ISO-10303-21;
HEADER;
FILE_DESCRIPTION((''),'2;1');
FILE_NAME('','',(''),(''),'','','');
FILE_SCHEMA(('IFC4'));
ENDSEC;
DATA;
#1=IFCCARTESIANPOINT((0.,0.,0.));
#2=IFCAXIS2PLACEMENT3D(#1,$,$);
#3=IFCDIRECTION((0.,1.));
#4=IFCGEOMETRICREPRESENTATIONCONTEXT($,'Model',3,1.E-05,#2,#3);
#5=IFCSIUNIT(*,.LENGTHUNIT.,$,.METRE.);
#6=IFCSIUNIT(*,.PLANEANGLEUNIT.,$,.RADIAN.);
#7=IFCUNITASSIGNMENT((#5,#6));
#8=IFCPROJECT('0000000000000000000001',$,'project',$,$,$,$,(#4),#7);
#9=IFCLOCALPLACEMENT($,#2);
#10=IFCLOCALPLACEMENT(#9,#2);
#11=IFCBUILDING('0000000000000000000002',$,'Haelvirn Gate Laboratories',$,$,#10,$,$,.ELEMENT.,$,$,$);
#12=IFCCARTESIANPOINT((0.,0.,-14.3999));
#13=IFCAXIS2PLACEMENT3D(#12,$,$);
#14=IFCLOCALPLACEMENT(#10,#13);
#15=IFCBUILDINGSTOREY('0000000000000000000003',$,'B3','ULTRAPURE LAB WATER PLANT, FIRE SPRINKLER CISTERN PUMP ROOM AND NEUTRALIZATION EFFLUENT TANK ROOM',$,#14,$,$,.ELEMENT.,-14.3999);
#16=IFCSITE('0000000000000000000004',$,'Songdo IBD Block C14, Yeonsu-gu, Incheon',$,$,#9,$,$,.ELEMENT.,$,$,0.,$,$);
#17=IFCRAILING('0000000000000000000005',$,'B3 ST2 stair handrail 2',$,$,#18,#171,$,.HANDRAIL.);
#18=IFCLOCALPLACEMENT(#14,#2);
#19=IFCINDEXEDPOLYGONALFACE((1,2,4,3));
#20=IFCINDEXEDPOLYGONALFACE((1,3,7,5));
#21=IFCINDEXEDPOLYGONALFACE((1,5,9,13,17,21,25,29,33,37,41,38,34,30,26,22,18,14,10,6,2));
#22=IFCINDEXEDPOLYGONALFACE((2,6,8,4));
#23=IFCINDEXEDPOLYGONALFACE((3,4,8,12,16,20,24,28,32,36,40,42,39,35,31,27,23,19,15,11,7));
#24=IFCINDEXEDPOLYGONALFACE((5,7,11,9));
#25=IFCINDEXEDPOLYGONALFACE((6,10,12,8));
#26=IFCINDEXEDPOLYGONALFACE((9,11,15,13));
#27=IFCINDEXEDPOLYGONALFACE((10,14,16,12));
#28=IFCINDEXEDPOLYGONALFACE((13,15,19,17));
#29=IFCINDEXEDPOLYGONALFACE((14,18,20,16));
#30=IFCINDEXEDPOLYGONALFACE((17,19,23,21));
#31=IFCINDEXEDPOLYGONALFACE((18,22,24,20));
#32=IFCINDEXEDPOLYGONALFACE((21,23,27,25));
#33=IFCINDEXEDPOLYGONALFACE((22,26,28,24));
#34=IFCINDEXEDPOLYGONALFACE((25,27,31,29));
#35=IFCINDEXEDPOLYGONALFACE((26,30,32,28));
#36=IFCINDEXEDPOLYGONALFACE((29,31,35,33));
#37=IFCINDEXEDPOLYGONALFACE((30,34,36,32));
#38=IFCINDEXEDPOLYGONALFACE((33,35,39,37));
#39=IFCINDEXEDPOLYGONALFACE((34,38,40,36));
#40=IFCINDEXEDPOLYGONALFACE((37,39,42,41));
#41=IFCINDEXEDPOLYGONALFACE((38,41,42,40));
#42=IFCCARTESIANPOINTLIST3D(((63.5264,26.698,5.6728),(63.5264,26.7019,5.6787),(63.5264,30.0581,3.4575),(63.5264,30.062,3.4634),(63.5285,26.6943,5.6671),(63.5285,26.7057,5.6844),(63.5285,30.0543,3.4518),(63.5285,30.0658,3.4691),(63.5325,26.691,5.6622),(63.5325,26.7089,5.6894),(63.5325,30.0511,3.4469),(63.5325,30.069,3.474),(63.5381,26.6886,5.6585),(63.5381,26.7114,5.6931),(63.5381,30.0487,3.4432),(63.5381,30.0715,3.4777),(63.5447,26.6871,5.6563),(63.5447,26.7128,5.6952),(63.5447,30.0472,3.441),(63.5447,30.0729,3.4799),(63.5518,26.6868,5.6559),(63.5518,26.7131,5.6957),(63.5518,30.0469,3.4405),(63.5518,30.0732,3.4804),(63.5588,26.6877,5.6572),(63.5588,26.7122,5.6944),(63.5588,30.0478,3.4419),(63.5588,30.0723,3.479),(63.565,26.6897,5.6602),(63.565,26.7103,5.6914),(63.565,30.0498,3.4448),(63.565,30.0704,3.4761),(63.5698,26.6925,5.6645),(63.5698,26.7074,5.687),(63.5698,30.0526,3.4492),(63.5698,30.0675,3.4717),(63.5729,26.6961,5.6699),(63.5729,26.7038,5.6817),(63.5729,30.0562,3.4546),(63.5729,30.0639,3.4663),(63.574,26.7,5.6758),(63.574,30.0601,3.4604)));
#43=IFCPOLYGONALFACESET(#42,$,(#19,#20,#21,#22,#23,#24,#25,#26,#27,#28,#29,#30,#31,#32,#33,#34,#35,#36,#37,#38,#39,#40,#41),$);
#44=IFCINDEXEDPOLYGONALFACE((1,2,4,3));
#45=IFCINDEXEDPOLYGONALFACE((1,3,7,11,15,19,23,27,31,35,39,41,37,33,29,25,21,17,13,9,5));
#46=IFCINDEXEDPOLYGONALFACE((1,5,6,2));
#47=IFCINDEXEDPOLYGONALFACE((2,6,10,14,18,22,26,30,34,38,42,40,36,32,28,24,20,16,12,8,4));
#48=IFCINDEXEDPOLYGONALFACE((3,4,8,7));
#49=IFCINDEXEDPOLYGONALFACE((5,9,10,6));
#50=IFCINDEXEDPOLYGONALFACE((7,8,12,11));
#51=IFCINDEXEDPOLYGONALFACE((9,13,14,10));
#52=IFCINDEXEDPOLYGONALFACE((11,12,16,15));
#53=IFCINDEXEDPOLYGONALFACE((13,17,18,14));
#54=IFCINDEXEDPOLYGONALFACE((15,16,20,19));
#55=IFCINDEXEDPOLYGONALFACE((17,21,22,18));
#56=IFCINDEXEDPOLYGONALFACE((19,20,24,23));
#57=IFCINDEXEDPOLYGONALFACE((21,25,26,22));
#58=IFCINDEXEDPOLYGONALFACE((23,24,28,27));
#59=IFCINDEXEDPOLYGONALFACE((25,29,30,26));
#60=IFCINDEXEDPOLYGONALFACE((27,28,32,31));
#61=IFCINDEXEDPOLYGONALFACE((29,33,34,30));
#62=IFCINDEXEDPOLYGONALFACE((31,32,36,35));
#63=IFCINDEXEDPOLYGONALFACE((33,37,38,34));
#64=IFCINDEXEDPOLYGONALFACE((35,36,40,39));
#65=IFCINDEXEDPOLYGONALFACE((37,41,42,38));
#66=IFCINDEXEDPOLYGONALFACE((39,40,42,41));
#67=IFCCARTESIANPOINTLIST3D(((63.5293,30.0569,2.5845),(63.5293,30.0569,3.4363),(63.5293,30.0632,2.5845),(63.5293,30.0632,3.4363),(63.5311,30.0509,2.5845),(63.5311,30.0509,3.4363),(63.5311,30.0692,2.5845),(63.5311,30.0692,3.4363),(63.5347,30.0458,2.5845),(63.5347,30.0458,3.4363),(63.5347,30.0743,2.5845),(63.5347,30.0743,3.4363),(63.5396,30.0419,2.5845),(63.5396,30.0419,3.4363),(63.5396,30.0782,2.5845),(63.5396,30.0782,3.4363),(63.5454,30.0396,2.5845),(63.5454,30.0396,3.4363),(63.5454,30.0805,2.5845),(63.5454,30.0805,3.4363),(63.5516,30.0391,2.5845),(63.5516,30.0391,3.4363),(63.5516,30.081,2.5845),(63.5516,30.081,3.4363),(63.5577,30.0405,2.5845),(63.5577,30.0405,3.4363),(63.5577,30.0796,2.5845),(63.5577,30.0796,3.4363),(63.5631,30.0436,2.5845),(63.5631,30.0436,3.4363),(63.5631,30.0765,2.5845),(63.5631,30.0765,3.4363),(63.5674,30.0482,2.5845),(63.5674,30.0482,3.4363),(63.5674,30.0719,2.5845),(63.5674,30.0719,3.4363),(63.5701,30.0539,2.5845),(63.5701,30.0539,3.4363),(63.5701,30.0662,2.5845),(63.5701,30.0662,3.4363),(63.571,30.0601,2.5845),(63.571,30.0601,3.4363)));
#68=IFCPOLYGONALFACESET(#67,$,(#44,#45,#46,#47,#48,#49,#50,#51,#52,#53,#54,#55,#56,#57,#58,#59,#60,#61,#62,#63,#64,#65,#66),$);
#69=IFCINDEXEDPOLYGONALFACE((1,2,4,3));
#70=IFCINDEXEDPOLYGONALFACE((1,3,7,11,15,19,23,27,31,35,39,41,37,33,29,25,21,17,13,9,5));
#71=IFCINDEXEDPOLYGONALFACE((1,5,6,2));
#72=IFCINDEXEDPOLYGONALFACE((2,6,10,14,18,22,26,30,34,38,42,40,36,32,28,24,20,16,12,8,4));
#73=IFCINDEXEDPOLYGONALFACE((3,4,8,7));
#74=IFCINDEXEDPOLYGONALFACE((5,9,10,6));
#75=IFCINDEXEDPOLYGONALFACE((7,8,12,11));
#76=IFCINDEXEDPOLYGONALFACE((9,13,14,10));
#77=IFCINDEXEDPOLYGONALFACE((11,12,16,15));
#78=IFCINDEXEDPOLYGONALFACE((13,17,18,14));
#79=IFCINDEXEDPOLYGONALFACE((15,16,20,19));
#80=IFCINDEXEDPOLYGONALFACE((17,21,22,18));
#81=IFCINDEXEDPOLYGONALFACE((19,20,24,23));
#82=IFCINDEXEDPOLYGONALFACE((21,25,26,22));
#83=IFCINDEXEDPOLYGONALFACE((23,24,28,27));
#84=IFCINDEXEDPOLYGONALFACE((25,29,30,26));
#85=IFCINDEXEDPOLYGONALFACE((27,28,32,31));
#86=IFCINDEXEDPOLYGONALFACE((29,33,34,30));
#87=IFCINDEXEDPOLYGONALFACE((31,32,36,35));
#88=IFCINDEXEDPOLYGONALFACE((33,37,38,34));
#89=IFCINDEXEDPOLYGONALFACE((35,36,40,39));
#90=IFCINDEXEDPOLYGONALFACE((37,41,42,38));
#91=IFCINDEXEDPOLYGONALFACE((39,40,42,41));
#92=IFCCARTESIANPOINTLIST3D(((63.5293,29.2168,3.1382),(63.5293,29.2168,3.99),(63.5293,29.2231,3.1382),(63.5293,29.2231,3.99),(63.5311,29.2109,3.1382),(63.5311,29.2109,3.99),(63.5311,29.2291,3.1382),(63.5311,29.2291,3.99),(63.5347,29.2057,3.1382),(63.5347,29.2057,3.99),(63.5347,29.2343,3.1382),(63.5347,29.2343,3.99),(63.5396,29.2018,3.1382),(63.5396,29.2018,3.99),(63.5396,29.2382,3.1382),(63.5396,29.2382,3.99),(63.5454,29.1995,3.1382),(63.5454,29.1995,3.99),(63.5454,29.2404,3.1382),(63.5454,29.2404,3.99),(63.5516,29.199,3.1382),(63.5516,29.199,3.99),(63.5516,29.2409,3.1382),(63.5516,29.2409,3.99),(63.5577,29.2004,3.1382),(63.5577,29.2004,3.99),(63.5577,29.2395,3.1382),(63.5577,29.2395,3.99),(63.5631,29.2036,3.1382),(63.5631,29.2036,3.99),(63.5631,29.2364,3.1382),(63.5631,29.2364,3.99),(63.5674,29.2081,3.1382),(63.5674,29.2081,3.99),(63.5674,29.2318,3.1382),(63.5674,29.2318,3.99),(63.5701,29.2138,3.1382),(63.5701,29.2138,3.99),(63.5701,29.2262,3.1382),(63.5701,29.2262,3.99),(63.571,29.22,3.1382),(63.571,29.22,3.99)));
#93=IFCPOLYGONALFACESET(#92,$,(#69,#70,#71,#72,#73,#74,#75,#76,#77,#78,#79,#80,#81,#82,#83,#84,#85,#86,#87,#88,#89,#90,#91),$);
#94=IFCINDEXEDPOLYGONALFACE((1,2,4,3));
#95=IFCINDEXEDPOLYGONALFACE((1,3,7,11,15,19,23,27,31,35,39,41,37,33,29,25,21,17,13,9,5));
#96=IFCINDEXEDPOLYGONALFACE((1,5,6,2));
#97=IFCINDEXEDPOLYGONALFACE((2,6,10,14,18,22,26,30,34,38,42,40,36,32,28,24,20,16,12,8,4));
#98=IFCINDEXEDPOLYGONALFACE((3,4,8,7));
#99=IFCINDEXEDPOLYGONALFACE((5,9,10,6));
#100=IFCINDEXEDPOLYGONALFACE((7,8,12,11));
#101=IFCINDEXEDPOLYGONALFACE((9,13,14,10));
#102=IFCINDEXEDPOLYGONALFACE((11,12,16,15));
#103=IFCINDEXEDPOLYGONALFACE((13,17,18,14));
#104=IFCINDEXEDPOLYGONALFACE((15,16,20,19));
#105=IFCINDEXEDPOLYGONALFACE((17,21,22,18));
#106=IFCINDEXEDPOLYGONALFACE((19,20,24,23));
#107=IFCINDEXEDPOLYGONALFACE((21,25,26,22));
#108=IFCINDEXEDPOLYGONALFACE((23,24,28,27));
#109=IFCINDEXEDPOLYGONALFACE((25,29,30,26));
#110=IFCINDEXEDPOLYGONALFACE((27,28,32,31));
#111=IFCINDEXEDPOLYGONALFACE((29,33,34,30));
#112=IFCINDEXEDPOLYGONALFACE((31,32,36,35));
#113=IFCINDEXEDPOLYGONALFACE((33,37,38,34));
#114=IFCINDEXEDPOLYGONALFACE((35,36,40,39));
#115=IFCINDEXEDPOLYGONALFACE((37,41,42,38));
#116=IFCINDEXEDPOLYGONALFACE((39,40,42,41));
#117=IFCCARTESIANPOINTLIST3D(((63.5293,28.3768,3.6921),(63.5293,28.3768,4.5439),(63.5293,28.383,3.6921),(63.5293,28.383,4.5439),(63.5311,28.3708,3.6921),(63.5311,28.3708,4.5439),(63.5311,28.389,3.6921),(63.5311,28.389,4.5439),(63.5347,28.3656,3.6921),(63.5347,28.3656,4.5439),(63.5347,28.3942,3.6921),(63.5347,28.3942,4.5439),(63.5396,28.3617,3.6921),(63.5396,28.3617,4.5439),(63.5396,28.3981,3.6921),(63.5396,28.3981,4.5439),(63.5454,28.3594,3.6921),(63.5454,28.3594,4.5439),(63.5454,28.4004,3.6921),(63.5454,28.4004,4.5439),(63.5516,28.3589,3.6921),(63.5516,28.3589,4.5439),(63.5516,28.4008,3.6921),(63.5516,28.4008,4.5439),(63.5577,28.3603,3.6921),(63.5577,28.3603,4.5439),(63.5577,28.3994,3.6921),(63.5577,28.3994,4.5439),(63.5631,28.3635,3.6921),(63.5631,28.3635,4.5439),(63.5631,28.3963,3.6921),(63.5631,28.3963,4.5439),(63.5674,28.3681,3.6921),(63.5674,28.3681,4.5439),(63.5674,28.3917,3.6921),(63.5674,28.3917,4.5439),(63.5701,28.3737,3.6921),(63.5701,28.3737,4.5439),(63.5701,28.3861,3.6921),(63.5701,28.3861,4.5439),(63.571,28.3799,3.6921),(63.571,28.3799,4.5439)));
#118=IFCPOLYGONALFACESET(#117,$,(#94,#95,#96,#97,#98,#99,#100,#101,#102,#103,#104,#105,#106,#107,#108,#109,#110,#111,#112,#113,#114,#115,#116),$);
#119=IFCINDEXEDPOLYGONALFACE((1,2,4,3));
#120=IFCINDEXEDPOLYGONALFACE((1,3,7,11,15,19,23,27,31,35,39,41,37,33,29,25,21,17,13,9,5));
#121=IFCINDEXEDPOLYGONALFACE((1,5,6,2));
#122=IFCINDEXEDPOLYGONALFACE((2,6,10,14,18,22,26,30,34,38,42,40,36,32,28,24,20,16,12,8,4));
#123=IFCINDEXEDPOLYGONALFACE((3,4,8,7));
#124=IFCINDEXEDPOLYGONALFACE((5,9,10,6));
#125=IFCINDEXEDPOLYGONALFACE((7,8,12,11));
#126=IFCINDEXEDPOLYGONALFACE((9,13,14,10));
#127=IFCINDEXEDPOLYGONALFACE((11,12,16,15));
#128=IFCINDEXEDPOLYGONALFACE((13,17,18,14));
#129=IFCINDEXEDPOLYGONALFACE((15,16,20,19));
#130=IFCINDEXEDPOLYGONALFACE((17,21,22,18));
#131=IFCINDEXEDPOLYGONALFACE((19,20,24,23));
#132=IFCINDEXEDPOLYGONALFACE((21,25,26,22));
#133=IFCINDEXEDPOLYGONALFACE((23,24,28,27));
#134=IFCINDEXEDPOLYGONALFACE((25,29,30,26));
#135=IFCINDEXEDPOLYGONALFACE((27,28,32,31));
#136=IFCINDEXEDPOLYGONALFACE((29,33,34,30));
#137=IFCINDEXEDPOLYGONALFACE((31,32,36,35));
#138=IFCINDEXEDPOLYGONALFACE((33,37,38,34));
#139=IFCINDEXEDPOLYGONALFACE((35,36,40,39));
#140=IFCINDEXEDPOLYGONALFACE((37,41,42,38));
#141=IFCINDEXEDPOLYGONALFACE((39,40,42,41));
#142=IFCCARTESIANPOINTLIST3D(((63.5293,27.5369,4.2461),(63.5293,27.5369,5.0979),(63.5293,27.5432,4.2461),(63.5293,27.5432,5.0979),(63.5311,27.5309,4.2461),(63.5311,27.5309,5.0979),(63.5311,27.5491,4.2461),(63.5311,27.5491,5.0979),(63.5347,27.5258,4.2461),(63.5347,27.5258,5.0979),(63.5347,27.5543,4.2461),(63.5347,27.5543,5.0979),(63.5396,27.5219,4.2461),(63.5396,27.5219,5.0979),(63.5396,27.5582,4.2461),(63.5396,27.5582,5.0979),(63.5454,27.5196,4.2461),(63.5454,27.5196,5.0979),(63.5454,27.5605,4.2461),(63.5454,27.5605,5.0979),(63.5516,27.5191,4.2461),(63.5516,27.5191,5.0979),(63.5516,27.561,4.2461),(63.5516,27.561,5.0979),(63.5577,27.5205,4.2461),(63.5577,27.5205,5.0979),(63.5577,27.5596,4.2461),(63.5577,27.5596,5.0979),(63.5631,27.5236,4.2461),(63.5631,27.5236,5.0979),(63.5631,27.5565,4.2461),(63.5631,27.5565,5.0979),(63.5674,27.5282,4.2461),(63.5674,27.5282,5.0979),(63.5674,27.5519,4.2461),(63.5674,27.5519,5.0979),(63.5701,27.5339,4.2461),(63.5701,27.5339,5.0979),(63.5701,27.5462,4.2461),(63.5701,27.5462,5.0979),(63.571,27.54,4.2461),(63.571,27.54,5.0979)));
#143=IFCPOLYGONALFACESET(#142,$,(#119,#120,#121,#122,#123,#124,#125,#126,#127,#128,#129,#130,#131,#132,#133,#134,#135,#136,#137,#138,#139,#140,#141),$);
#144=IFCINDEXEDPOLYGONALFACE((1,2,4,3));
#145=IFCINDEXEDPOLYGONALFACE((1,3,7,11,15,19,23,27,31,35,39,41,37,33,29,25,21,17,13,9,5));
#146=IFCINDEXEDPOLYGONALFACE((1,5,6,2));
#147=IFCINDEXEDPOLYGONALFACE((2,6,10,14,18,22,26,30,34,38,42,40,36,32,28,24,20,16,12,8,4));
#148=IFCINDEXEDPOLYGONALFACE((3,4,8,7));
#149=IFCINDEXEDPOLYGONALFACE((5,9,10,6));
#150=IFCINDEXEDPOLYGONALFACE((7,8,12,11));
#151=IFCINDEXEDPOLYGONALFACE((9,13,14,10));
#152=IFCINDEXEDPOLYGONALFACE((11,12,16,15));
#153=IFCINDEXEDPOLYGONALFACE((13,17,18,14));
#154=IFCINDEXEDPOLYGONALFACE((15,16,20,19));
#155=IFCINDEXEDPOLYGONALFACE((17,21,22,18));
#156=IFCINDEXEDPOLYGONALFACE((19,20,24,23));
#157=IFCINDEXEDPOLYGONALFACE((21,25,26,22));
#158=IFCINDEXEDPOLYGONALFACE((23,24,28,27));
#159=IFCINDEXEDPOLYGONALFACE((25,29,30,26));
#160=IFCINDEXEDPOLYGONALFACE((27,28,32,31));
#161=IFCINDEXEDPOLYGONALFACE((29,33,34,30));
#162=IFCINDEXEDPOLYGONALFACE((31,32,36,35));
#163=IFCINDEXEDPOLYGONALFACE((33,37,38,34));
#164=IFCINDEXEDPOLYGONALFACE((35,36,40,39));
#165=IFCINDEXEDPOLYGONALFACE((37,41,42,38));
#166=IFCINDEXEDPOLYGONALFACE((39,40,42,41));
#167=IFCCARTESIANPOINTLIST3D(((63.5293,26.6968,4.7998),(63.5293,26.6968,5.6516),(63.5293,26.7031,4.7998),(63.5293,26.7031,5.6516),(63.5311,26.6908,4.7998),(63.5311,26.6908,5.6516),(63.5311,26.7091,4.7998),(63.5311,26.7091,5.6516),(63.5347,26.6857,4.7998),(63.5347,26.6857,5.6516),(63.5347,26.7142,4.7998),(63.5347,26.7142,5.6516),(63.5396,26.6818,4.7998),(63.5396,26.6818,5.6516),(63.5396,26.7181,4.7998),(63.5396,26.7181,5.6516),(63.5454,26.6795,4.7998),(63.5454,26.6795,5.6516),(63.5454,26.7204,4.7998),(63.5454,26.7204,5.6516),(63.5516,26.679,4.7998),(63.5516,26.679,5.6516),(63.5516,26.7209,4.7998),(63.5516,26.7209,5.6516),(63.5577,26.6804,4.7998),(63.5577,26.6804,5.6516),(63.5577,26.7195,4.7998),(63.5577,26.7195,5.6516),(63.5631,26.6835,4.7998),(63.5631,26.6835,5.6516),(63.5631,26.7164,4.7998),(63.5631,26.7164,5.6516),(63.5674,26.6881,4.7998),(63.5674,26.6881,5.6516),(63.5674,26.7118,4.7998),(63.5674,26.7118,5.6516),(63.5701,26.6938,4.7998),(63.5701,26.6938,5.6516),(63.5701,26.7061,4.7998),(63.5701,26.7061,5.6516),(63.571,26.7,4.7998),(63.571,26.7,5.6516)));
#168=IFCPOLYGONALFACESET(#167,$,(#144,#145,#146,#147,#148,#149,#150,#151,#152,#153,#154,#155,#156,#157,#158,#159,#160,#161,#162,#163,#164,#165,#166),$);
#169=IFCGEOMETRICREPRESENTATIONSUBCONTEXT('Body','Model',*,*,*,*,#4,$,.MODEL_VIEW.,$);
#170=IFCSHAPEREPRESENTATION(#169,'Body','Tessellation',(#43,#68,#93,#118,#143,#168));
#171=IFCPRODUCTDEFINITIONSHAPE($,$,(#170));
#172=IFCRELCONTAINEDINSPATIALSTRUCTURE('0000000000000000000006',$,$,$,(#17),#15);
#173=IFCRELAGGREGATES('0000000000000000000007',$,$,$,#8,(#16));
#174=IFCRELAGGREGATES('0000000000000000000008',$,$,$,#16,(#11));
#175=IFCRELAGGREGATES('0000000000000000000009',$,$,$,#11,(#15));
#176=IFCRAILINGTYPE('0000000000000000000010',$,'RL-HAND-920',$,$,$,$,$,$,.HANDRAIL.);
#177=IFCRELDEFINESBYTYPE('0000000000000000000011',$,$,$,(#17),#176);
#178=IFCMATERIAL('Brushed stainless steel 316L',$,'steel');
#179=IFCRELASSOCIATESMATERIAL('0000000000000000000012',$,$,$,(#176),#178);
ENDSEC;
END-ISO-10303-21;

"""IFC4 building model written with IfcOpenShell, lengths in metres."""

from ifc_helpers import new_model, si_unit, direction, frame, origin, origin_2d, place, context, subcontext, project, spatial, circle, extrude, source, transform, mapped, material, type_object, element, save


model = new_model("IFC4")

# Units and contexts
model_context = context("Model", 3, precision=1e-05, world=origin(), true_north=direction((0.0, 1.0)))
body_context = subcontext(model_context, "Body", "Model", "MODEL_VIEW")
ifc_project = project(units=[si_unit("LENGTHUNIT", "METRE"), si_unit("PLANEANGLEUNIT", "RADIAN")], contexts=[model_context])

# Site, building, storey
site_placement = place(None, origin())
site = spatial("IfcSite", under=ifc_project, at=site_placement, Name="Songdo IBD Block C14, Yeonsu-gu, Incheon", CompositionType="ELEMENT", RefElevation=0.0)
building_placement = place(site_placement, origin())
building = spatial("IfcBuilding", under=site, at=building_placement, Name="Haelvirn Gate Laboratories", CompositionType="ELEMENT")
storey_placement = place(building_placement, frame((0.0, 0.0, -14.3999)))
storey = spatial("IfcBuildingStorey", under=building, at=storey_placement, Name="B3", Description="ULTRAPURE LAB WATER PLANT, FIRE SPRINKLER CISTERN PUMP ROOM AND NEUTRALIZATION EFFLUENT TANK ROOM", CompositionType="ELEMENT", Elevation=-14.3999)

# Railing
ifc_material_1 = material(Name="Brushed stainless steel 316L", Category="steel")
railing_type_1 = type_object("IfcRailingType", Name="RL-HAND-920", PredefinedType="HANDRAIL", material=ifc_material_1)
shared_shape_1 = source(origin(), body_context, "Body", "SweptSolid", [
    extrude(circle(Radius=0.0239, at=origin_2d()), frame((0.0, 0.0, 0.876), z_axis=(0.0, -0.834876, 0.550437), x_axis=(1.0, 0.0, 0.0)), (0.0, 0.0, 1.0), 4.0247),
    extrude(circle(Radius=0.021, at=origin_2d()), origin(), (0.0, 0.0, 1.0), 0.8518),
    extrude(circle(Radius=0.021, at=origin_2d()), frame((0.0, -0.8401, 0.5537)), (0.0, 0.0, 1.0), 0.8518),
    extrude(circle(Radius=0.021, at=origin_2d()), frame((0.0, -1.6802, 1.1077)), (0.0, 0.0, 1.0), 0.8518),
    extrude(circle(Radius=0.021, at=origin_2d()), frame((0.0, -2.52, 1.6616)), (0.0, 0.0, 1.0), 0.8518),
    extrude(circle(Radius=0.021, at=origin_2d()), frame((0.0, -3.3601, 2.2153)), (0.0, 0.0, 1.0), 0.8518),
])
railing_1_placement = place(storey_placement, frame((63.55, 30.0601, 2.5845)))
element("IfcRailing", 1, at=railing_1_placement, inside=storey, type_object=railing_type_1, Name="B3 ST2 stair handrail 2", PredefinedType="HANDRAIL", context=body_context, shape_type="MappedRepresentation", body=[
    mapped(shared_shape_1, transform((0.0, 0.0, 0.0), scale=1.0)),
])

save(model, "model.ifc")
